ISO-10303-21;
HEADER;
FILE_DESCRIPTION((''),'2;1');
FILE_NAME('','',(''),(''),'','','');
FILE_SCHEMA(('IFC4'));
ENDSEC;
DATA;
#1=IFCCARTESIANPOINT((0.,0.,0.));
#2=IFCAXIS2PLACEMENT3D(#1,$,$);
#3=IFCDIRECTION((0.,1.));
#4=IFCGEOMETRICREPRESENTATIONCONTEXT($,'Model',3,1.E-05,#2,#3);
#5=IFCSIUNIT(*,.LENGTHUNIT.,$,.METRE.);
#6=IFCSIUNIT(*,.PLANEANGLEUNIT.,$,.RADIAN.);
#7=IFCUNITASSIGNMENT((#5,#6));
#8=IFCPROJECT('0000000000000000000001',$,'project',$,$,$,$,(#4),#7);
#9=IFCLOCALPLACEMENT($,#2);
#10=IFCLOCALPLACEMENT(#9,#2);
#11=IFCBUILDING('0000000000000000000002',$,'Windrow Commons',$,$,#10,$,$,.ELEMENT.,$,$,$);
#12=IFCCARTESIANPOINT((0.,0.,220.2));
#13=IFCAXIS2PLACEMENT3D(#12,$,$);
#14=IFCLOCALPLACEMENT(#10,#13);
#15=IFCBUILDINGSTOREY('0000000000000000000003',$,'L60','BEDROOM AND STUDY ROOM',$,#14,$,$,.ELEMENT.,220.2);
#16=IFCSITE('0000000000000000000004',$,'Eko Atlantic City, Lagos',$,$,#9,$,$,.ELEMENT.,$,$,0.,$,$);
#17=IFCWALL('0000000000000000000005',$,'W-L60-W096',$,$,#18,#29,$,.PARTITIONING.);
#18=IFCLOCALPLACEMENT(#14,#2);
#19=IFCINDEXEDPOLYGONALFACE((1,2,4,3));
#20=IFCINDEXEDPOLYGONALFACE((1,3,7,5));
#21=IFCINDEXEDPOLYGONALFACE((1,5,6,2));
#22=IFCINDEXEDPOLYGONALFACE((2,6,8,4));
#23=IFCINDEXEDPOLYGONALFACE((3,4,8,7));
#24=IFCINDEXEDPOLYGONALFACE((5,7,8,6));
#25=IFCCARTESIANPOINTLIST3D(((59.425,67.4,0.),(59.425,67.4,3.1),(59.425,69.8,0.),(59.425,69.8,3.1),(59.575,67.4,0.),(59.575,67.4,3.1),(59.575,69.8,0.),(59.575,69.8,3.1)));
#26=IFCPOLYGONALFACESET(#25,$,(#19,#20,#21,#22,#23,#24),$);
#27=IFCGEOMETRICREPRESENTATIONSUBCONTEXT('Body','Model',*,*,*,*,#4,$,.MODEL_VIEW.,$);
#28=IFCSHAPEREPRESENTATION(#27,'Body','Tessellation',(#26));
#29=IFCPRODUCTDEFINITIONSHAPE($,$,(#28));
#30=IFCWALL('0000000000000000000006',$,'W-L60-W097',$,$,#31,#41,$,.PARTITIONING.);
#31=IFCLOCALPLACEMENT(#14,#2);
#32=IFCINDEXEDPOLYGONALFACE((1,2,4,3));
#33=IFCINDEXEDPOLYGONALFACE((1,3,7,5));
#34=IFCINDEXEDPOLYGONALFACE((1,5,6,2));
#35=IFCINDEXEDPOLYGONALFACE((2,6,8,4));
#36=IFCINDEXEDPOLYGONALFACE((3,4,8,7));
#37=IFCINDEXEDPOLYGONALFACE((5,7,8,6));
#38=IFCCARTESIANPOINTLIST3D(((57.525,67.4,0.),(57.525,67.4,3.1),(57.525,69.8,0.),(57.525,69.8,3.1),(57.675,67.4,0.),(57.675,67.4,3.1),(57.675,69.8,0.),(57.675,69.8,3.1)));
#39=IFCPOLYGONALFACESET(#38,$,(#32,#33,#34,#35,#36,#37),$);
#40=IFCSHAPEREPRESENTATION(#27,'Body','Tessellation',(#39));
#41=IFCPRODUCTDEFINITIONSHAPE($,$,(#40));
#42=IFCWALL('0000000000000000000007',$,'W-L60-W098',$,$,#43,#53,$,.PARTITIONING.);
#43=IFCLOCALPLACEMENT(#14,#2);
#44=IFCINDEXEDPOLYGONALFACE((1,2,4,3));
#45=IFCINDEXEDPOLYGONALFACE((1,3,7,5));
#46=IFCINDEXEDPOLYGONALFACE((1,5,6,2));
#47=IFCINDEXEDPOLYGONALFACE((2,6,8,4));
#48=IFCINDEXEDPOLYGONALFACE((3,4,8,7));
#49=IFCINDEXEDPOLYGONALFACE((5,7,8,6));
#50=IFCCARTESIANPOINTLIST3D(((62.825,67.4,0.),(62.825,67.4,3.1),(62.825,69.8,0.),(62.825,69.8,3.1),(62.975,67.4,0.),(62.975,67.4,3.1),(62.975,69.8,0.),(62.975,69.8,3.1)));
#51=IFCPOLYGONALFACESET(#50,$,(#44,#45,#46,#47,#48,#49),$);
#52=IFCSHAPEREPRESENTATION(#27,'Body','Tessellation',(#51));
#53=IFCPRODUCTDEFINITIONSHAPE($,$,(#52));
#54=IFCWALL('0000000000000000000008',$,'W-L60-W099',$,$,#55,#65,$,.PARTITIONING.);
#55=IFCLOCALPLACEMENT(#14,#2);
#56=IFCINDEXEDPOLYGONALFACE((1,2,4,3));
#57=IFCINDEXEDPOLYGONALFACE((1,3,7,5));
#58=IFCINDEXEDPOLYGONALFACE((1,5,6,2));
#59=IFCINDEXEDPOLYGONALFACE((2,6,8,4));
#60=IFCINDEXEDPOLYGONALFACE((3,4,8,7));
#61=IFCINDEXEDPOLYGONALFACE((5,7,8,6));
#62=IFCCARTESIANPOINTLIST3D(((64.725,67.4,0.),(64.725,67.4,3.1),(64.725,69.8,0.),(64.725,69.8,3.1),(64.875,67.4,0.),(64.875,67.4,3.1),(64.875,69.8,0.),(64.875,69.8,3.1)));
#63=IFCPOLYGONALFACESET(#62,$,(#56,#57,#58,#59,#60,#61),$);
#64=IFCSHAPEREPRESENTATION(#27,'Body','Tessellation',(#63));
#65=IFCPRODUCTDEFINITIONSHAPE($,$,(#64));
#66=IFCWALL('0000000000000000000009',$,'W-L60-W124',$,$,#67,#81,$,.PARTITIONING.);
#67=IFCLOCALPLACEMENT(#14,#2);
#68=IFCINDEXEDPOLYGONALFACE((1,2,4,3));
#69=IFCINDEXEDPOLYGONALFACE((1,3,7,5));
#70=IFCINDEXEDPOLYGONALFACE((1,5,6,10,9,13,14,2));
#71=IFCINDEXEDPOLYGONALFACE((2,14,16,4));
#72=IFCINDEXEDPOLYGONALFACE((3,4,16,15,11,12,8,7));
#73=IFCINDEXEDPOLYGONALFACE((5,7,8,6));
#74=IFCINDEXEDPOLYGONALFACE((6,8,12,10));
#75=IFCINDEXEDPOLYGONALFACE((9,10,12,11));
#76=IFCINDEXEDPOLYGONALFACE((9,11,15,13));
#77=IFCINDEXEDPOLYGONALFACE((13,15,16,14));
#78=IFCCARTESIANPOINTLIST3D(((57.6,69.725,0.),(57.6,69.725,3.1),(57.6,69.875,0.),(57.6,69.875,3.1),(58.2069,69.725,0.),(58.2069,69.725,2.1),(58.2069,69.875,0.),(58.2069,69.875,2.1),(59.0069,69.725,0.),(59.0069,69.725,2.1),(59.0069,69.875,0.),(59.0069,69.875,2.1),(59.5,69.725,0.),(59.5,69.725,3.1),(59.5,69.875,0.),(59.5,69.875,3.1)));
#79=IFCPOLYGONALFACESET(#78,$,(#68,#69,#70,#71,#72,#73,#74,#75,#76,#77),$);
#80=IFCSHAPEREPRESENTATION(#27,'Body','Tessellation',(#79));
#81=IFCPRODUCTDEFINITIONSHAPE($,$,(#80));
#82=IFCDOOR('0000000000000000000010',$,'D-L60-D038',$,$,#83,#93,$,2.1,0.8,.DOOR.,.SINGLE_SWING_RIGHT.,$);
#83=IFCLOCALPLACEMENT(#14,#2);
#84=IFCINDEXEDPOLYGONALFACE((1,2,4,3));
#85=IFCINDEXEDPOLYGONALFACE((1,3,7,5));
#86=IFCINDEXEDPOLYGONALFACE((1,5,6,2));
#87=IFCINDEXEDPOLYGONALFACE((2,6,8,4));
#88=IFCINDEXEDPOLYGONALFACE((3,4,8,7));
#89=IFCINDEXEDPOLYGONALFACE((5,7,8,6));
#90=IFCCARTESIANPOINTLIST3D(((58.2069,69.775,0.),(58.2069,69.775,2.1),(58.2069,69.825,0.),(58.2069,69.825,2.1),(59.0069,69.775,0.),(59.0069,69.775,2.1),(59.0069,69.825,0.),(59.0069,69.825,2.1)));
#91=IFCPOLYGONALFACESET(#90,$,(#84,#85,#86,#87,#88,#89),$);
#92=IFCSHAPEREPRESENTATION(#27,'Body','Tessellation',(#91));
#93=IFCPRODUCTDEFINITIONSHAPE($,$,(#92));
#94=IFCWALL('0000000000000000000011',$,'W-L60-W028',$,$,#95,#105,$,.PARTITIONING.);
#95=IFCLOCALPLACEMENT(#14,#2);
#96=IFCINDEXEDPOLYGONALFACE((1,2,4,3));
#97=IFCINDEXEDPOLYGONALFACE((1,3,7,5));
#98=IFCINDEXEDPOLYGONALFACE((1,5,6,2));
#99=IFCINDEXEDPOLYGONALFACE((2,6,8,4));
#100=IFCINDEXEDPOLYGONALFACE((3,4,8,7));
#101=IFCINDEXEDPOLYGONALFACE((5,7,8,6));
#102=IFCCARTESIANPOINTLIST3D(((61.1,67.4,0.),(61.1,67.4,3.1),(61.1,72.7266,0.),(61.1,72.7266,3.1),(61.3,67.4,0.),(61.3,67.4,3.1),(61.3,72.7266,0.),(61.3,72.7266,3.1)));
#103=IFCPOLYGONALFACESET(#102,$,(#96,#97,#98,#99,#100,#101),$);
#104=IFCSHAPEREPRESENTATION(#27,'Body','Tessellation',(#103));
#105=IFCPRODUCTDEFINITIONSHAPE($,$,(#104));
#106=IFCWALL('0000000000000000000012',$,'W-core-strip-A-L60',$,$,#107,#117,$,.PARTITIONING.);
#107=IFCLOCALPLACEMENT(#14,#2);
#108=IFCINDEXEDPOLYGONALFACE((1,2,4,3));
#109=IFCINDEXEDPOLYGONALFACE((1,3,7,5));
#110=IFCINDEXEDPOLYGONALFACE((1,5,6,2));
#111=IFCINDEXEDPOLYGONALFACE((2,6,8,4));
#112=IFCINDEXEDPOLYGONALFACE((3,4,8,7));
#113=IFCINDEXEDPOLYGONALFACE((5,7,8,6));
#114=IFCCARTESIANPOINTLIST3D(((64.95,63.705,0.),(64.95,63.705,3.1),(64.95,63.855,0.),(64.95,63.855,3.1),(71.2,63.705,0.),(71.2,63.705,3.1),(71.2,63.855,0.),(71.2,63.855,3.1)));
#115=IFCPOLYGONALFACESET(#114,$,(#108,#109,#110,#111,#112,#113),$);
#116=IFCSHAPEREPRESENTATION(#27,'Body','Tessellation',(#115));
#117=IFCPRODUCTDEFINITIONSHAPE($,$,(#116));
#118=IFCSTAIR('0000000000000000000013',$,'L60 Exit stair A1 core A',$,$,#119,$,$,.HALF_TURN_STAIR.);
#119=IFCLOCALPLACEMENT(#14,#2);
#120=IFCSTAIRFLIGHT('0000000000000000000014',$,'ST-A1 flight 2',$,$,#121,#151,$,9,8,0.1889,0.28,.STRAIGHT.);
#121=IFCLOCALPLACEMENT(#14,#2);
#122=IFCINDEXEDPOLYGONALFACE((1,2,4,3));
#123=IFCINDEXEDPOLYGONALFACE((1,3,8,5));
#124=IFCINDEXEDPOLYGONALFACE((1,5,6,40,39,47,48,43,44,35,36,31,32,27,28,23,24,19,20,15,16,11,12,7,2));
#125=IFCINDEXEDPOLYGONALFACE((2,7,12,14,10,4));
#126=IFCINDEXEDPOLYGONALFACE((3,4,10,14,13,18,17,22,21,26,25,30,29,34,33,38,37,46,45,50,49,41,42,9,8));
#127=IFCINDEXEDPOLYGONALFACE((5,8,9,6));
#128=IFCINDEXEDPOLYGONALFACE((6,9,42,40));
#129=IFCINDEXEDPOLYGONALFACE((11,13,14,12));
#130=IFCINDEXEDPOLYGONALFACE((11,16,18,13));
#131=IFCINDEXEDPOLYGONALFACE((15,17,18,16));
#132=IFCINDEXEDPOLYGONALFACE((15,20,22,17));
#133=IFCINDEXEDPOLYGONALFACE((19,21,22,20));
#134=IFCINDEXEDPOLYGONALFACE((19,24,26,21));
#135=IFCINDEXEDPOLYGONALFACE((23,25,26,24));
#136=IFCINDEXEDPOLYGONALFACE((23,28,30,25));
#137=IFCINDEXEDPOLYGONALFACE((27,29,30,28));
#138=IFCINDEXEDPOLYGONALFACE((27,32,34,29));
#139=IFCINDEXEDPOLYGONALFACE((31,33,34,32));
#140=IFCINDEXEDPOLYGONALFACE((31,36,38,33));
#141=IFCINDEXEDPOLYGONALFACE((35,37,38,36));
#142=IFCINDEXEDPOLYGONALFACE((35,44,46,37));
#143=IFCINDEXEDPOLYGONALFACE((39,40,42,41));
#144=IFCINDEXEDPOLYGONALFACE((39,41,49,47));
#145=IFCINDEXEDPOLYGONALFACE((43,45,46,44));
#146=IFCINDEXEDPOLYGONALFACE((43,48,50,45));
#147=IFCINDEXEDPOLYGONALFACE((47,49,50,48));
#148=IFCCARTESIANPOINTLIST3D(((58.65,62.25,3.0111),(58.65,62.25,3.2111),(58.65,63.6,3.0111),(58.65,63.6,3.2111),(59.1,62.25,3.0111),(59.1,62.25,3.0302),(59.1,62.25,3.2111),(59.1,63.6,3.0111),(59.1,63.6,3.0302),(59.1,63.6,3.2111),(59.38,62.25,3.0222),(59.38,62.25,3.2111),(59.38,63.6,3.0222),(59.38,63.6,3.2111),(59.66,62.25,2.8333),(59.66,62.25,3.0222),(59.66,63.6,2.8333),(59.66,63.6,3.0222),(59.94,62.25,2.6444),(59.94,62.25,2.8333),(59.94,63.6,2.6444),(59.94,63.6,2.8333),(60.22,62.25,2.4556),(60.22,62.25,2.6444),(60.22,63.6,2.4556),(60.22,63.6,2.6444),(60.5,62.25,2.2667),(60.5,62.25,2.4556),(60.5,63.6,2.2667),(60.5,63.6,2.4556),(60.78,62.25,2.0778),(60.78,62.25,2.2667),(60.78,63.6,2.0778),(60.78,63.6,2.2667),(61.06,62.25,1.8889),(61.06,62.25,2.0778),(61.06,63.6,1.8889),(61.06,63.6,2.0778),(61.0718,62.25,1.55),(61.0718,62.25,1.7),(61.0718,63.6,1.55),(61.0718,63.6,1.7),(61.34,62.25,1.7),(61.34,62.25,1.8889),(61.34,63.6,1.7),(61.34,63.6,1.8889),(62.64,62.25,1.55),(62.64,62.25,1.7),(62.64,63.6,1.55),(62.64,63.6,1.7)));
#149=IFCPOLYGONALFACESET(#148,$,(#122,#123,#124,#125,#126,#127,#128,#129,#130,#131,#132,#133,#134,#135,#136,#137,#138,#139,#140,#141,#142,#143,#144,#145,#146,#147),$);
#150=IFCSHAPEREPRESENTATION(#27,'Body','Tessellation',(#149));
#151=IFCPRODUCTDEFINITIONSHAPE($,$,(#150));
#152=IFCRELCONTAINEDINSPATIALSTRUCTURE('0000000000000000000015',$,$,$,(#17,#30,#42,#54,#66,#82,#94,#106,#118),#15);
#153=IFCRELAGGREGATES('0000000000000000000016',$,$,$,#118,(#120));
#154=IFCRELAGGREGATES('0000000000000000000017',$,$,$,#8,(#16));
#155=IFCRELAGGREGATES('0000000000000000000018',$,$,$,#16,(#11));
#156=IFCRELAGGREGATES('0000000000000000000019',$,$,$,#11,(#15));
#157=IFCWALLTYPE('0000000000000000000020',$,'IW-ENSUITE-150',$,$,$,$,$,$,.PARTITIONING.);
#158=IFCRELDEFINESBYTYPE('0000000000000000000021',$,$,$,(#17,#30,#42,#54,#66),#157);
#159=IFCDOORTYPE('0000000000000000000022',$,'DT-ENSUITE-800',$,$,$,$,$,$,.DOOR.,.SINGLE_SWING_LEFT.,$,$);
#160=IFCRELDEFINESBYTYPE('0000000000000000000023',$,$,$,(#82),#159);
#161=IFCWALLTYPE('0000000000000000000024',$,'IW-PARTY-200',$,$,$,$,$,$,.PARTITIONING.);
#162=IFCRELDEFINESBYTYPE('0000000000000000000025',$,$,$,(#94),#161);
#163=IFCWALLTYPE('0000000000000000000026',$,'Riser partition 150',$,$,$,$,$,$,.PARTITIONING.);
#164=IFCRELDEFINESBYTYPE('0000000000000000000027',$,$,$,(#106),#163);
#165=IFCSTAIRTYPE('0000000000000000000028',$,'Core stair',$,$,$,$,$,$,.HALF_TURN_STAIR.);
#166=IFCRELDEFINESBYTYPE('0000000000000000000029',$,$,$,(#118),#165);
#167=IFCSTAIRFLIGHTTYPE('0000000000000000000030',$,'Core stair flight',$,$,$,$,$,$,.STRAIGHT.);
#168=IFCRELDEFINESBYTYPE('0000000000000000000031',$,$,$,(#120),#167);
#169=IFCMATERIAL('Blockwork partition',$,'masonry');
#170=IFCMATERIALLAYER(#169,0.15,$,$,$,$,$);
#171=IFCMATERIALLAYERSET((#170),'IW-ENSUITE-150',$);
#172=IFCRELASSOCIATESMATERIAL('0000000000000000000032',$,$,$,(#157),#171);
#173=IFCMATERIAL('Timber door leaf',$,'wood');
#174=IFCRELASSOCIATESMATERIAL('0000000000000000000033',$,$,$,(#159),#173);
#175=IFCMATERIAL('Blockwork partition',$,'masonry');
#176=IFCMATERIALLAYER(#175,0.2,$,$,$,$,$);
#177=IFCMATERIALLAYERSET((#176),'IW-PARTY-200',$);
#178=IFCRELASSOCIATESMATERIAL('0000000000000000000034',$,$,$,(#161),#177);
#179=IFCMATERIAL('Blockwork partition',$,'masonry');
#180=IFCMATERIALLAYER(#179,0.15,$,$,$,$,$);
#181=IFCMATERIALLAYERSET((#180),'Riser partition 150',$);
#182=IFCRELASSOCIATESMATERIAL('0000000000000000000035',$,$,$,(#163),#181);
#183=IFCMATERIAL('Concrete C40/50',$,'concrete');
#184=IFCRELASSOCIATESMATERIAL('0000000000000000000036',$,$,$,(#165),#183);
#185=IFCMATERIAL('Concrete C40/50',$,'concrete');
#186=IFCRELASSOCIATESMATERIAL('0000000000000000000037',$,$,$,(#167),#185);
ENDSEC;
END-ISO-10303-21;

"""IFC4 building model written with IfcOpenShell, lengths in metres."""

from ifc_helpers import new_model, si_unit, direction, frame, frame_2d, origin, place, context, subcontext, project, spatial, polyline, rectangle, outline, extrude, material, layer, layer_set, type_object, element, fill, aggregate, save


model = new_model("IFC4")

# Units and contexts
model_context = context("Model", 3, precision=1e-05, world=origin(), true_north=direction((0.0, 1.0)))
body_context = subcontext(model_context, "Body", "Model", "MODEL_VIEW")
ifc_project = project(units=[si_unit("LENGTHUNIT", "METRE"), si_unit("PLANEANGLEUNIT", "RADIAN")], contexts=[model_context])

# Site, building, storey
site_placement = place(None, origin())
site = spatial("IfcSite", under=ifc_project, at=site_placement, Name="Eko Atlantic City, Lagos", CompositionType="ELEMENT", RefElevation=0.0)
building_placement = place(site_placement, origin())
building = spatial("IfcBuilding", under=site, at=building_placement, Name="Windrow Commons", CompositionType="ELEMENT")
storey_placement = place(building_placement, frame((0.0, 0.0, 220.2)))
storey = spatial("IfcBuildingStorey", under=building, at=storey_placement, Name="L60", Description="BEDROOM AND STUDY ROOM", CompositionType="ELEMENT", Elevation=220.2)

# Walls
ifc_material_1 = material(Name="Blockwork partition", Category="masonry")
ifc_layer_1 = layer(ifc_material_1, 0.15)
ifc_layer_set_1 = layer_set([ifc_layer_1], Name="IW-ENSUITE-150")
wall_type_1 = type_object("IfcWallType", Name="IW-ENSUITE-150", PredefinedType="PARTITIONING", material=ifc_layer_set_1)
for number, where, z_axis, x_axis, name in (
    (1, (59.5, 67.4, 0.0), (0.0, 0.0, 1.0), (0.0, 1.0, 0.0), "W-L60-W096"),
    (2, (57.6, 67.4, 0.0), (0.0, 0.0, 1.0), (0.0, 1.0, 0.0), "W-L60-W097"),
    (3, (62.9, 67.4, 0.0), (0.0, 0.0, 1.0), (0.0, 1.0, 0.0), "W-L60-W098"),
    (4, (64.8, 67.4, 0.0), (0.0, 0.0, 1.0), (0.0, 1.0, 0.0), "W-L60-W099"),
):
    element("IfcWall", number, at=place(storey_placement, frame(where, z_axis=z_axis, x_axis=x_axis)), inside=storey, type_object=wall_type_1, Name=name, PredefinedType="PARTITIONING", context=body_context, shape_type="SweptSolid", body=[
        extrude(rectangle(XDim=2.4, YDim=0.15, at=frame_2d((1.2, 0.0))), origin(), (0.0, 0.0, 1.0), 3.1),
    ])

# Wall, opening, door
wall_1_placement = place(storey_placement, frame((57.6, 69.8, 0.0), z_axis=(0.0, 0.0, 1.0), x_axis=(1.0, 0.0, 0.0)))
wall_1 = element("IfcWall", 5, at=wall_1_placement, inside=storey, type_object=wall_type_1, Name="W-L60-W124", PredefinedType="PARTITIONING", context=body_context, shape_type="SweptSolid", body=[
    extrude(rectangle(XDim=1.9, YDim=0.15, at=frame_2d((0.95, 0.0))), origin(), (0.0, 0.0, 1.0), 3.1),
])
opening_placement = place(wall_1_placement, frame((0.6069, 0.0, 0.0)))
opening = element("IfcOpeningElement", 6, at=opening_placement, cuts=wall_1, PredefinedType="OPENING", context=body_context, shape_type="SweptSolid", body=[
    extrude(rectangle(XDim=0.8, YDim=2.1, at=frame_2d((0.4, 1.05))), frame((0.0, 0.085, 0.0), z_axis=(0.0, -1.0, 0.0), x_axis=(1.0, 0.0, 0.0)), (0.0, 0.0, 1.0), 0.17),
])
ifc_material_2 = material(Name="Timber door leaf", Category="wood")
door_type = type_object("IfcDoorType", Name="DT-ENSUITE-800", OperationType="SINGLE_SWING_LEFT", PredefinedType="DOOR", material=ifc_material_2)
door_placement = place(opening_placement, origin())
door = element("IfcDoor", 7, at=door_placement, inside=storey, type_object=door_type, Name="D-L60-D038", OperationType="SINGLE_SWING_RIGHT", OverallHeight=2.1, OverallWidth=0.8, PredefinedType="DOOR", context=body_context, shape_type="SweptSolid", body=[
    extrude(rectangle(XDim=0.8, YDim=2.1, at=frame_2d((0.4, 1.05))), frame((0.0, 0.025, 0.0), z_axis=(0.0, -1.0, 0.0), x_axis=(1.0, 0.0, 0.0)), (0.0, 0.0, 1.0), 0.05),
])
fill(opening, door)

# Walls
ifc_material_3 = material(Name="Blockwork partition", Category="masonry")
ifc_layer_2 = layer(ifc_material_3, 0.2)
ifc_layer_set_2 = layer_set([ifc_layer_2], Name="IW-PARTY-200")
wall_type_2 = type_object("IfcWallType", Name="IW-PARTY-200", PredefinedType="PARTITIONING", material=ifc_layer_set_2)
wall_2_placement = place(storey_placement, frame((61.2, 67.4, 0.0), z_axis=(0.0, 0.0, 1.0), x_axis=(0.0, 1.0, 0.0)))
element("IfcWall", 8, at=wall_2_placement, inside=storey, type_object=wall_type_2, Name="W-L60-W028", PredefinedType="PARTITIONING", context=body_context, shape_type="SweptSolid", body=[
    extrude(rectangle(XDim=5.3266, YDim=0.2, at=frame_2d((2.6633, 0.0))), origin(), (0.0, 0.0, 1.0), 3.1),
])
ifc_material_4 = material(Name="Blockwork partition", Category="masonry")
ifc_layer_3 = layer(ifc_material_4, 0.15)
ifc_layer_set_3 = layer_set([ifc_layer_3], Name="Riser partition 150")
wall_type_3 = type_object("IfcWallType", Name="Riser partition 150", PredefinedType="PARTITIONING", material=ifc_layer_set_3)
wall_3_placement = place(storey_placement, frame((64.95, 63.78, 0.0), z_axis=(0.0, 0.0, 1.0), x_axis=(1.0, 0.0, 0.0)))
element("IfcWall", 9, at=wall_3_placement, inside=storey, type_object=wall_type_3, Name="W-core-strip-A-L60", PredefinedType="PARTITIONING", context=body_context, shape_type="SweptSolid", body=[
    extrude(rectangle(XDim=6.25, YDim=0.15, at=frame_2d((3.125, 0.0))), origin(), (0.0, 0.0, 1.0), 3.1),
])

# Stair, stair flight
ifc_material_5 = material(Name="Concrete C40/50", Category="concrete")
stair_type = type_object("IfcStairType", Name="Core stair", PredefinedType="HALF_TURN_STAIR", material=ifc_material_5)
stair_placement = place(storey_placement, origin())
stair = element("IfcStair", 10, at=stair_placement, inside=storey, type_object=stair_type, Name="L60 Exit stair A1 core A", PredefinedType="HALF_TURN_STAIR")
ifc_material_6 = material(Name="Concrete C40/50", Category="concrete")
stair_flight_type = type_object("IfcStairFlightType", Name="Core stair flight", PredefinedType="STRAIGHT", material=ifc_material_6)
stair_flight_placement = place(storey_placement, frame((61.34, 62.925, 1.7), z_axis=(0.0, 0.0, 1.0), x_axis=(-1.0, 0.0, 0.0)))
stair_flight = element("IfcStairFlight", 11, at=stair_flight_placement, type_object=stair_flight_type, Name="ST-A1 flight 2", NumberOfRisers=9, NumberOfTreads=8, PredefinedType="STRAIGHT", RiserHeight=0.1889, TreadLength=0.28, context=body_context, shape_type="SweptSolid", body=[
    extrude(outline(polyline([(-1.3, -0.15), (-1.3, 0.0), (0.0, 0.0), (0.0, 0.1889), (0.28, 0.1889), (0.28, 0.3778), (0.56, 0.3778), (0.56, 0.5667), (0.84, 0.5667), (0.84, 0.7556), (1.12, 0.7556), (1.12, 0.9444), (1.4, 0.9444), (1.4, 1.1333), (1.68, 1.1333), (1.68, 1.3222), (1.96, 1.3222), (1.96, 1.5111), (2.24, 1.5111), (2.69, 1.5111), (2.69, 1.3111), (2.24, 1.3111), (2.24, 1.3302), (0.2682, 0.0), (0.2682, -0.15), (-1.3, -0.15)])), frame((0.0, 0.675, 0.0), z_axis=(0.0, -1.0, 0.0), x_axis=(1.0, 0.0, 0.0)), (0.0, 0.0, 1.0), 1.35),
])
aggregate(stair, [stair_flight])

save(model, "model.ifc")
